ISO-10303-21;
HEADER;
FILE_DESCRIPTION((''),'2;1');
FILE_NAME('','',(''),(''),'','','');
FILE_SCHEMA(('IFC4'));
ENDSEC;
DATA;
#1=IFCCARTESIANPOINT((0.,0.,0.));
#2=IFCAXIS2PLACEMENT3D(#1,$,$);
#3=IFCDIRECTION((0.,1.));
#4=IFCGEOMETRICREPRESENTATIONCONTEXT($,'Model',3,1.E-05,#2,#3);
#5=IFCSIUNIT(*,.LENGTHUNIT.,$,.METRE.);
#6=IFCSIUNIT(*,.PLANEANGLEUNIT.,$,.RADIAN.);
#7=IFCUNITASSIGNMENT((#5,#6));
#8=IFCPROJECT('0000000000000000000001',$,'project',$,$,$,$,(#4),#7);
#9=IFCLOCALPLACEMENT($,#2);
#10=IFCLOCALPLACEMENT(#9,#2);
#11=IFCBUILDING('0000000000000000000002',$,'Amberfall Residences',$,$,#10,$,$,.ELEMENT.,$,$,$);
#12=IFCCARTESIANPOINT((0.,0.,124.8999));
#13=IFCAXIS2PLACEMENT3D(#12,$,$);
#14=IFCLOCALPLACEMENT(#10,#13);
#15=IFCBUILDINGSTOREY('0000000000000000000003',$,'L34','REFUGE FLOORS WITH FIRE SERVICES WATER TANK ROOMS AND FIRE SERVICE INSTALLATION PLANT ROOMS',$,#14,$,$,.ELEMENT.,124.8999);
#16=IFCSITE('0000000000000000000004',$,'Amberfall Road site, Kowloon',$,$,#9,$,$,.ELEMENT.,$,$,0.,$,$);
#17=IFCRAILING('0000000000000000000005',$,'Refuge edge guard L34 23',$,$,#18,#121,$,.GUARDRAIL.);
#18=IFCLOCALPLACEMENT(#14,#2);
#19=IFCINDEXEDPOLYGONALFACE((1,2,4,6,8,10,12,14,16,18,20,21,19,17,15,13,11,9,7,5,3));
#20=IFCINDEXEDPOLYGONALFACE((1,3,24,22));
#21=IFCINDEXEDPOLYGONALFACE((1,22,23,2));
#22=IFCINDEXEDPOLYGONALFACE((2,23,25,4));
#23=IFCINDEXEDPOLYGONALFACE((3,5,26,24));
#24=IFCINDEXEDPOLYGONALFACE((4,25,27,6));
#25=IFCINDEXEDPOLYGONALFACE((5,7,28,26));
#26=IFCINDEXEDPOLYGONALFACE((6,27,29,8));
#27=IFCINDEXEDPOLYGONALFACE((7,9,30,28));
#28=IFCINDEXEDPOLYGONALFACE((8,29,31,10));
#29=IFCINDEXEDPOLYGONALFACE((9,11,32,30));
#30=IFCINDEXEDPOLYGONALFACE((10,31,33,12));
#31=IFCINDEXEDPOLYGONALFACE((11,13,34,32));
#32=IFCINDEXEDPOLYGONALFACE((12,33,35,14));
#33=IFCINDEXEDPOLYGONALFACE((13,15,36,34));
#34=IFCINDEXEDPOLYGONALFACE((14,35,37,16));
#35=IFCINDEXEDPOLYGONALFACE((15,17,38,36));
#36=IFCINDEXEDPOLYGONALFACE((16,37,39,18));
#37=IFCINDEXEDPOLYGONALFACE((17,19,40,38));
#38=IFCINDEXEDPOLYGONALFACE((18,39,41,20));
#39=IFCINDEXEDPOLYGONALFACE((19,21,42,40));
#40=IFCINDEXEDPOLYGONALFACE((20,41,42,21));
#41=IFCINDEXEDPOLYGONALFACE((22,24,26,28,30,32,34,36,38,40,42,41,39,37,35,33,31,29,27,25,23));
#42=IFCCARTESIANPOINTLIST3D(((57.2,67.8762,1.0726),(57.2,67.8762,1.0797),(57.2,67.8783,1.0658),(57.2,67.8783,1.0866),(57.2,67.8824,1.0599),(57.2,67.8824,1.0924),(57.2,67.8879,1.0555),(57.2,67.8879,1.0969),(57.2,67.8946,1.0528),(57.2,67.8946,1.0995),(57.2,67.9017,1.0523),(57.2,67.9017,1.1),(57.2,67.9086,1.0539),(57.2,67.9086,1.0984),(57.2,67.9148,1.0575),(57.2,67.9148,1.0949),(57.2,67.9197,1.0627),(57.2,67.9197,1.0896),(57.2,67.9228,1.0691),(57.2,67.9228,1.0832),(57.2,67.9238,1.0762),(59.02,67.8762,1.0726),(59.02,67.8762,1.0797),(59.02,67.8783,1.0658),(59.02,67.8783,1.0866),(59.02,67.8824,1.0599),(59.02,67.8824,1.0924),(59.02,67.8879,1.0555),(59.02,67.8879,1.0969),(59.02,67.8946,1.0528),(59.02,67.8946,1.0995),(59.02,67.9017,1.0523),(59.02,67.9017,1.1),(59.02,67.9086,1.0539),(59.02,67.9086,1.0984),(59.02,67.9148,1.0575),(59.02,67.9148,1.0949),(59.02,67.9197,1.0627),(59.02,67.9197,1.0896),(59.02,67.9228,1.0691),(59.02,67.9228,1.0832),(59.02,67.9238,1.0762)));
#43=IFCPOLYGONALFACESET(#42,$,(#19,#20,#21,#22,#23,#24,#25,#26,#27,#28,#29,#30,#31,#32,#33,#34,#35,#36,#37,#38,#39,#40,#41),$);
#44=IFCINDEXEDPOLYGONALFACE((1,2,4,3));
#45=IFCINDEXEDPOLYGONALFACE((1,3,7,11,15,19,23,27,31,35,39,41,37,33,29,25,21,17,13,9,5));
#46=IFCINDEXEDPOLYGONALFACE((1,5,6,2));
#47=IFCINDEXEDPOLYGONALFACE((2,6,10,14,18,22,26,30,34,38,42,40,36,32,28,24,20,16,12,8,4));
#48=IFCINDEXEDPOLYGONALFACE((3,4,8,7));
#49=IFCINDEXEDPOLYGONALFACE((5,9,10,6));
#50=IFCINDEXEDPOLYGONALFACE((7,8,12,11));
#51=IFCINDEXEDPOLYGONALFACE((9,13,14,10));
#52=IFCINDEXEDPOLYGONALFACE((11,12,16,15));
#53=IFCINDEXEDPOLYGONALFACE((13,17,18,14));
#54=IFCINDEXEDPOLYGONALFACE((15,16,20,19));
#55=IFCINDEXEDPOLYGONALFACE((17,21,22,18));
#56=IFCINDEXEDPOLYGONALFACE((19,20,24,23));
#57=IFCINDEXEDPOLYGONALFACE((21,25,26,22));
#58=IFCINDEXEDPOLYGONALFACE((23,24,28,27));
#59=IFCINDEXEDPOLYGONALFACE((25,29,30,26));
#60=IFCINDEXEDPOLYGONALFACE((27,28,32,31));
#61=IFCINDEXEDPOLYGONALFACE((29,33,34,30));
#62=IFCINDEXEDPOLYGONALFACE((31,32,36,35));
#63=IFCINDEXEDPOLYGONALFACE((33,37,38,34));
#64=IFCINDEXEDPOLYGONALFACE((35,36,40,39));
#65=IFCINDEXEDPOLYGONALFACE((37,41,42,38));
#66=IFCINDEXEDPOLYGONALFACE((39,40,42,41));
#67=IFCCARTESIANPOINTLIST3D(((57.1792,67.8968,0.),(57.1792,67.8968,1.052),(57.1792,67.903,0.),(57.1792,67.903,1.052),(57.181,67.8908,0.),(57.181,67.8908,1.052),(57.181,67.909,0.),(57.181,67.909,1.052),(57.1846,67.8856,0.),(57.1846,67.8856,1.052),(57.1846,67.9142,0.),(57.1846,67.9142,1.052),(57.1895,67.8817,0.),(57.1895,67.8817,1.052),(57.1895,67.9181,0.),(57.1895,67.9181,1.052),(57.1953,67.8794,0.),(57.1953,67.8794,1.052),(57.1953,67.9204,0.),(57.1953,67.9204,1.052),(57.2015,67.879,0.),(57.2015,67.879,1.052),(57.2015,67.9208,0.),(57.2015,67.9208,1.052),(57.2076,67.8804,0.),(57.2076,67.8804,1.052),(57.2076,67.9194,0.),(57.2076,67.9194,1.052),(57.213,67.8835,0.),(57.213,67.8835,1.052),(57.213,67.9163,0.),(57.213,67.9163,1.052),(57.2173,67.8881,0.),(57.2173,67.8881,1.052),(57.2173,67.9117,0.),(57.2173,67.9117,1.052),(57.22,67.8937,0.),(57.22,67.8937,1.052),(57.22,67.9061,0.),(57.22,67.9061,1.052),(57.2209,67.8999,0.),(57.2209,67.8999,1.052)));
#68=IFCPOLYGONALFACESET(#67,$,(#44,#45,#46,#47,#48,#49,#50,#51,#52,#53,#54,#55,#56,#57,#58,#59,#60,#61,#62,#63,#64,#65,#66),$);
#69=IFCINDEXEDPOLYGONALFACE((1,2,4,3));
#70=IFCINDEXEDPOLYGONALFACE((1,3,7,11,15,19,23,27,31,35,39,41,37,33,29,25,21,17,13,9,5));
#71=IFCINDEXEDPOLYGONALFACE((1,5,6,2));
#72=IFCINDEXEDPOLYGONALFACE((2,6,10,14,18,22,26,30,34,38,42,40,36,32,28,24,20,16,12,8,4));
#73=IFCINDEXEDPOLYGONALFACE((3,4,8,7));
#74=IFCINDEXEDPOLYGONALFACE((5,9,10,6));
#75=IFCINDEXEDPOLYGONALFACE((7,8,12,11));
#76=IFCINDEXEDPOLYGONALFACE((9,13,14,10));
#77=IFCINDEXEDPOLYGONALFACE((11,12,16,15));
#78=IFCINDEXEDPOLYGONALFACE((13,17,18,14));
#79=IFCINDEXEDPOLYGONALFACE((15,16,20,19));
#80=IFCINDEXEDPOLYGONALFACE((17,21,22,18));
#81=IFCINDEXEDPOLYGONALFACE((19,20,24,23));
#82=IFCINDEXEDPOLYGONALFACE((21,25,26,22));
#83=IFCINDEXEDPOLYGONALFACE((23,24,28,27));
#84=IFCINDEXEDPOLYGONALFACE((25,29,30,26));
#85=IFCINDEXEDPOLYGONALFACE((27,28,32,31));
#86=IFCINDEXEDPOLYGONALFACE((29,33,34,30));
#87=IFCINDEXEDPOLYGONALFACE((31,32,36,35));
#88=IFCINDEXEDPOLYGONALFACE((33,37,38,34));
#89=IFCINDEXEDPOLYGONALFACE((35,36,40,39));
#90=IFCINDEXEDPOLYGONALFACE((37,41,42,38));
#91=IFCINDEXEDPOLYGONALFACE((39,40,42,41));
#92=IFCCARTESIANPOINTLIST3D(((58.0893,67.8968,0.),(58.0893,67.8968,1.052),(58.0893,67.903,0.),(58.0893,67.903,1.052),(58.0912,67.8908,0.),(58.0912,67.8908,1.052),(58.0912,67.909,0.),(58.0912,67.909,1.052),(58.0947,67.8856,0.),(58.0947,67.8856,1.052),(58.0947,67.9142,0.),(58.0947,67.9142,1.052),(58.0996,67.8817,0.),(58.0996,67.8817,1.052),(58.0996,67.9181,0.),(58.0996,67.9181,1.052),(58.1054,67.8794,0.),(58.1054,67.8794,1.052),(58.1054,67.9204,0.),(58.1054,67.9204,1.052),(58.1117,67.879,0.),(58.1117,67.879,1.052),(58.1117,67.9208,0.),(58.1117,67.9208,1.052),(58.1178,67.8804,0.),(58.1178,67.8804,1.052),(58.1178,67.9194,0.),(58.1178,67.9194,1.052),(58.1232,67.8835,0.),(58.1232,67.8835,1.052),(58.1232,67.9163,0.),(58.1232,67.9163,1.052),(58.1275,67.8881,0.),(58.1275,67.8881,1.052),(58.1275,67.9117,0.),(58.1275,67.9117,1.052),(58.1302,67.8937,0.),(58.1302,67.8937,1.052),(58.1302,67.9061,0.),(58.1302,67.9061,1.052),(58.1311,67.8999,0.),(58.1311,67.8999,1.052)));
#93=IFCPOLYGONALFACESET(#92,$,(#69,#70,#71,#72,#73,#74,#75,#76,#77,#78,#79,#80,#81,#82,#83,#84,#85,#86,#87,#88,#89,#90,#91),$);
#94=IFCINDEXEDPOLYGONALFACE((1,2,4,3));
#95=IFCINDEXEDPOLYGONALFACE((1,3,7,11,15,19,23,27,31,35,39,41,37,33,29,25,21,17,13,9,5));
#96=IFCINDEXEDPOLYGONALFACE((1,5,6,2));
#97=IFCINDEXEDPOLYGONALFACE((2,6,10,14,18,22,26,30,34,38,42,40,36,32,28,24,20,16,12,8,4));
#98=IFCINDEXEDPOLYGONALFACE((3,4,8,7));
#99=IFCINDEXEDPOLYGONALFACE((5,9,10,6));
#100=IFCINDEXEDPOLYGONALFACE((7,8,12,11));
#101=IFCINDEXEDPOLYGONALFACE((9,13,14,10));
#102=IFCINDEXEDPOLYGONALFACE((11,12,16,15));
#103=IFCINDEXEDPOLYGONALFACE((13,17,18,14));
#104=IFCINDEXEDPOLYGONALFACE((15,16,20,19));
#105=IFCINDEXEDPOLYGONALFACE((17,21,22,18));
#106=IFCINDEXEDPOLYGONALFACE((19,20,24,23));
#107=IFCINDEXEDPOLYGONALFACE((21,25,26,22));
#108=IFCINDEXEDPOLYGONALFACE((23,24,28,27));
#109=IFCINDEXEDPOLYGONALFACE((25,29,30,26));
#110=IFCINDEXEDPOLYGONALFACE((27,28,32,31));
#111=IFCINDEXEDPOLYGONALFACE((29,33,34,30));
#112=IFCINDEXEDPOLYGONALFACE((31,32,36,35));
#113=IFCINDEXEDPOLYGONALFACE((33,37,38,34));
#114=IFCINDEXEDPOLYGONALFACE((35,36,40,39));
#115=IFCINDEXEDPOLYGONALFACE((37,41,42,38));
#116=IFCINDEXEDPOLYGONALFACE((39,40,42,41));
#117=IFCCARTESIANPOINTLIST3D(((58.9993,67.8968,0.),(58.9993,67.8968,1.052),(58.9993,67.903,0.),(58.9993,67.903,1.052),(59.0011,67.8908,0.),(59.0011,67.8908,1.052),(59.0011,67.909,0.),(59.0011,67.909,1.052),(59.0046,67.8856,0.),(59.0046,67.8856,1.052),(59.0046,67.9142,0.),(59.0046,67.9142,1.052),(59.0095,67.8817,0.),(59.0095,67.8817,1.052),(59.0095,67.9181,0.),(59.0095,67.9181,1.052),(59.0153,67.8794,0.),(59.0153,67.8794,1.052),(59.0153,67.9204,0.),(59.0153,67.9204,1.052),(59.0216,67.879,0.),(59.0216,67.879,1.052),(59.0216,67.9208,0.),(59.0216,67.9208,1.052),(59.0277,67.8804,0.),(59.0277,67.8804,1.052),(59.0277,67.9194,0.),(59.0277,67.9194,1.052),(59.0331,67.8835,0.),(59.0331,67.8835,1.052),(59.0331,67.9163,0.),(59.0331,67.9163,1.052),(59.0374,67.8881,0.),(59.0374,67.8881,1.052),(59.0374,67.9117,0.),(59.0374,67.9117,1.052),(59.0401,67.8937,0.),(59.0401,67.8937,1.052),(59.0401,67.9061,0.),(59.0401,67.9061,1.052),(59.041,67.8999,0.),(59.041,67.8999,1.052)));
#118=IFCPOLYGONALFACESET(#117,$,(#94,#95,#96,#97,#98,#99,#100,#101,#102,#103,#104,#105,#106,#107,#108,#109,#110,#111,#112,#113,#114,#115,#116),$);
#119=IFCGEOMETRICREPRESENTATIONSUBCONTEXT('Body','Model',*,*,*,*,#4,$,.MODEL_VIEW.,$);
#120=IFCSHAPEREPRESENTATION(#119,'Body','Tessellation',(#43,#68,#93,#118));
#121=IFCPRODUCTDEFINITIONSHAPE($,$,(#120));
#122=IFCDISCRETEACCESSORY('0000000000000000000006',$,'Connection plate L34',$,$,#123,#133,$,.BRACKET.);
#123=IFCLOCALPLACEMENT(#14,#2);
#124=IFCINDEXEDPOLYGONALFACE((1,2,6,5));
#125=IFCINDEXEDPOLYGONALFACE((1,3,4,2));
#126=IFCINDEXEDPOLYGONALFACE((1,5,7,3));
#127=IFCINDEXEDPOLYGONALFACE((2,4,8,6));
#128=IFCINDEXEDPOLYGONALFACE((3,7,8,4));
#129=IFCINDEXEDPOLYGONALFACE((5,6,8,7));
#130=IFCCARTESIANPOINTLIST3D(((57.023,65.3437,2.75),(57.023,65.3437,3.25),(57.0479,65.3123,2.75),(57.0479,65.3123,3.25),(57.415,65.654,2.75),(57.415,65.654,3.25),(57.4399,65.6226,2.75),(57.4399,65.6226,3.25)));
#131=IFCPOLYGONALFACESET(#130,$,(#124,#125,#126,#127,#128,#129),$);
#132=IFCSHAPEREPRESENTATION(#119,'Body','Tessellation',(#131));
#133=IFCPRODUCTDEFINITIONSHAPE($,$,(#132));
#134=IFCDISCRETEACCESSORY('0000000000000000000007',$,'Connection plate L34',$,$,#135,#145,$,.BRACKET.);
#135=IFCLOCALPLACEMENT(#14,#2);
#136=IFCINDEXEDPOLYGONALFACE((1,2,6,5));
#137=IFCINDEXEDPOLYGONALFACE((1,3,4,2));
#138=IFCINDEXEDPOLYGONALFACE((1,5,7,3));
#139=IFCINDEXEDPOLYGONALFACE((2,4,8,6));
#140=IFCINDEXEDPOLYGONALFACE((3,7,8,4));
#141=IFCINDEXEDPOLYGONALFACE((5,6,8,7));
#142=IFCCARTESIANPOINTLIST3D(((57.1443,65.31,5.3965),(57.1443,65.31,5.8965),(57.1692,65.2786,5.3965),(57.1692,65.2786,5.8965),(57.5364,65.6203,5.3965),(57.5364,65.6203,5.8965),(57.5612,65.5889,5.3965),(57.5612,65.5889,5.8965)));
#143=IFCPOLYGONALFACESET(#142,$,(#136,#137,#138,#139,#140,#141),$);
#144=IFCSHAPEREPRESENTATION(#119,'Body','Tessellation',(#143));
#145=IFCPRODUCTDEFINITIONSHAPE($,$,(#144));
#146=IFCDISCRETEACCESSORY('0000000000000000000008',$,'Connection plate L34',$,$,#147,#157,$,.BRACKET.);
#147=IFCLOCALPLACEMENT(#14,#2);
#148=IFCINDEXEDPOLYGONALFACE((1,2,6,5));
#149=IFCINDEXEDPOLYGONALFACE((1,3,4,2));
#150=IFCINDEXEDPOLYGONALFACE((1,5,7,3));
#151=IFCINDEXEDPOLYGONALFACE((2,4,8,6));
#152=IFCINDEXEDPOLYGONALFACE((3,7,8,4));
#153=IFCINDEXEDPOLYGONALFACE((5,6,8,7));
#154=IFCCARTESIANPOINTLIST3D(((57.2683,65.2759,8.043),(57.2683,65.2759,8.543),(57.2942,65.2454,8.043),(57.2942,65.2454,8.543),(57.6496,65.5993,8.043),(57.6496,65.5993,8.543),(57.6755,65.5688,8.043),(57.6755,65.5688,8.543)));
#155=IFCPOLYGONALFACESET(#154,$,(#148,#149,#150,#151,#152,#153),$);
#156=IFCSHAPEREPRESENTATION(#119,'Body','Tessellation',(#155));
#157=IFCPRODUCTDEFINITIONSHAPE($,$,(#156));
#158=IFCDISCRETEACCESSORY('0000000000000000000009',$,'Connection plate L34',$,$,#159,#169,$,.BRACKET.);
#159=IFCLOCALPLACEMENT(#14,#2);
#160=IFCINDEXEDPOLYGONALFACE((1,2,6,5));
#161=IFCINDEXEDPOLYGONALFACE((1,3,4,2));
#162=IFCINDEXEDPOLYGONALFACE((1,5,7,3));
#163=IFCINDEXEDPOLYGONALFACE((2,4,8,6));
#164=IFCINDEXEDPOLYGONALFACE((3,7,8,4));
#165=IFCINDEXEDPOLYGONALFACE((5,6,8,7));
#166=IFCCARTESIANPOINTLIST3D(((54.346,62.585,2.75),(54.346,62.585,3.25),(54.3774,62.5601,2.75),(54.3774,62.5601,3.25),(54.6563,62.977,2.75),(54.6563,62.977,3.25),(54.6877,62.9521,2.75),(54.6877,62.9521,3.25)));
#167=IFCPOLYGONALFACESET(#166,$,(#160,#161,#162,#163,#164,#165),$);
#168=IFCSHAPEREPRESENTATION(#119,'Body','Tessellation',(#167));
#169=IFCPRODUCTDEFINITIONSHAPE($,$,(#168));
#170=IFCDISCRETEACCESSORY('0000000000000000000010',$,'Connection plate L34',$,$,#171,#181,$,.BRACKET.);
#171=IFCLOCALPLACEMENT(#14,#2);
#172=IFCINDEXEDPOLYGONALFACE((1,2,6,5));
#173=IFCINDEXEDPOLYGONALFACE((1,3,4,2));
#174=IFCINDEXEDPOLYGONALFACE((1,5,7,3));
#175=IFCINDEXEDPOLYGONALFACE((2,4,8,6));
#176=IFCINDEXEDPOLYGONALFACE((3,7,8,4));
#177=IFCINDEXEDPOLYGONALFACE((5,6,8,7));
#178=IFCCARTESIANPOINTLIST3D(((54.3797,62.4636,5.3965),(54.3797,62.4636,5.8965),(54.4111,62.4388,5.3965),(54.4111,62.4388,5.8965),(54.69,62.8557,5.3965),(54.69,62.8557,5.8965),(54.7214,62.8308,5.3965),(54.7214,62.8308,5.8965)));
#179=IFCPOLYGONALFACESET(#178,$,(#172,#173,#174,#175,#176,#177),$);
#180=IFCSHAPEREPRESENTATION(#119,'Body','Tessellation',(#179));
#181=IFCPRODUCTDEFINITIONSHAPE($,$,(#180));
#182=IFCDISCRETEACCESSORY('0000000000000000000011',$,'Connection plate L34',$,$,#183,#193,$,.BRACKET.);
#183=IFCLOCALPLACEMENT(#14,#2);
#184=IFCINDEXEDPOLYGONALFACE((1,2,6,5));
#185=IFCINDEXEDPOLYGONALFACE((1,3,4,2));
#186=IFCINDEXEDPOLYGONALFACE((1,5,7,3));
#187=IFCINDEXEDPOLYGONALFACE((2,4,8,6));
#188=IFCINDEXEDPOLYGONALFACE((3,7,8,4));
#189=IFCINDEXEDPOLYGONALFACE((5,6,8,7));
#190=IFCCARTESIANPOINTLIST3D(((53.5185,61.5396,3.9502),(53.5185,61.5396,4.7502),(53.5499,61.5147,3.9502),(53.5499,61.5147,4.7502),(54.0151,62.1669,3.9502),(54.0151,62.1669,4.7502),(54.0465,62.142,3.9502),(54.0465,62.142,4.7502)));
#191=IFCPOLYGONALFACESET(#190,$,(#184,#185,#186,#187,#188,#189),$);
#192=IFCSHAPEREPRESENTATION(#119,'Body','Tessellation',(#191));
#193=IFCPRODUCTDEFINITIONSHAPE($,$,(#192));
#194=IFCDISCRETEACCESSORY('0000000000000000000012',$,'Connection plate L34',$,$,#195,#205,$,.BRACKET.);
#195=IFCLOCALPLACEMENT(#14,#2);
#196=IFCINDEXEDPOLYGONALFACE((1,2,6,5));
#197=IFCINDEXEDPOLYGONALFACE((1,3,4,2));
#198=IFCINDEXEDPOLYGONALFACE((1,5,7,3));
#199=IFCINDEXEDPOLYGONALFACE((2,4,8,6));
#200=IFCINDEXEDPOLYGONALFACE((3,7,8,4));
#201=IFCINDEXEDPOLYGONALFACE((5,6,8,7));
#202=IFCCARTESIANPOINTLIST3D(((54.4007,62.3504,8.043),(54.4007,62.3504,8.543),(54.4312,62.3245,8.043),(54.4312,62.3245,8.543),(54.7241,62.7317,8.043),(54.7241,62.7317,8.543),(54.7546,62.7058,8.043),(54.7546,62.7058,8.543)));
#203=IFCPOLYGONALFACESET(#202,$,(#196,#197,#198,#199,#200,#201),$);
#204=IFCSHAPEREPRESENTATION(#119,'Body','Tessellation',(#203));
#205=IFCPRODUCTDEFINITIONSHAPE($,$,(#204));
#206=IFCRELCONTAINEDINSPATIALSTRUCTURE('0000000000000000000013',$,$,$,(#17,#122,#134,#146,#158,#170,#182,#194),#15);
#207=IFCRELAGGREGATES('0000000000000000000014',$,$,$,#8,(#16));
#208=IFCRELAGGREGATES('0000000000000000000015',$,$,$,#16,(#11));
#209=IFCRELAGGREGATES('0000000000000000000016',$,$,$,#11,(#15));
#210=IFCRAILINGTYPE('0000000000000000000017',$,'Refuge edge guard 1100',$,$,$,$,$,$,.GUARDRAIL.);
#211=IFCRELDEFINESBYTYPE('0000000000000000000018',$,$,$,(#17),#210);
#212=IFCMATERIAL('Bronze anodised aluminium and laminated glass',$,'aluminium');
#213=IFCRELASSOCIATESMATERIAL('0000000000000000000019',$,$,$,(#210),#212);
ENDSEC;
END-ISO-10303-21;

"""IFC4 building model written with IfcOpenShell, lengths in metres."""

from ifc_helpers import new_model, si_unit, direction, frame, origin, origin_2d, place, context, subcontext, project, spatial, rectangle, circle, extrude, material, type_object, element, save


model = new_model("IFC4")

# Units and contexts
model_context = context("Model", 3, precision=1e-05, world=origin(), true_north=direction((0.0, 1.0)))
body_context = subcontext(model_context, "Body", "Model", "MODEL_VIEW")
ifc_project = project(units=[si_unit("LENGTHUNIT", "METRE"), si_unit("PLANEANGLEUNIT", "RADIAN")], contexts=[model_context])

# Site, building, storey
site_placement = place(None, origin())
site = spatial("IfcSite", under=ifc_project, at=site_placement, Name="Amberfall Road site, Kowloon", CompositionType="ELEMENT", RefElevation=0.0)
building_placement = place(site_placement, origin())
building = spatial("IfcBuilding", under=site, at=building_placement, Name="Amberfall Residences", CompositionType="ELEMENT")
storey_placement = place(building_placement, frame((0.0, 0.0, 124.8999)))
storey = spatial("IfcBuildingStorey", under=building, at=storey_placement, Name="L34", Description="REFUGE FLOORS WITH FIRE SERVICES WATER TANK ROOMS AND FIRE SERVICE INSTALLATION PLANT ROOMS", CompositionType="ELEMENT", Elevation=124.8999)

# Railing
ifc_material_1 = material(Name="Bronze anodised aluminium and laminated glass", Category="aluminium")
railing_type = type_object("IfcRailingType", Name="Refuge edge guard 1100", PredefinedType="GUARDRAIL", material=ifc_material_1)
railing_1_placement = place(storey_placement, frame((57.2, 67.8999, 0.0)))
element("IfcRailing", 1, at=railing_1_placement, inside=storey, type_object=railing_type, Name="Refuge edge guard L34 23", PredefinedType="GUARDRAIL", context=body_context, shape_type="SweptSolid", body=[
    extrude(circle(Radius=0.0239, at=origin_2d()), frame((0.0, 0.0, 1.0762), z_axis=(1.0, 0.0, 0.0), x_axis=(0.0, 1.0, 0.0)), (0.0, 0.0, 1.0), 1.8201),
    extrude(circle(Radius=0.021, at=origin_2d()), origin(), (0.0, 0.0, 1.0), 1.052),
    extrude(circle(Radius=0.021, at=origin_2d()), frame((0.9102, 0.0, 0.0)), (0.0, 0.0, 1.0), 1.052),
    extrude(circle(Radius=0.021, at=origin_2d()), frame((1.8201, 0.0, 0.0)), (0.0, 0.0, 1.0), 1.052),
])

# Discrete accessories
for number, where, z_axis, x_axis, name in (
    (2, (57.2314, 65.4832, 2.75), (0.0, 0.0, 1.0), (0.784073, 0.620669, 0.0), "Connection plate L34"),
    (3, (57.3528, 65.4495, 5.3965), (0.0, 0.0, 1.0), (0.784073, 0.620669, 0.0), "Connection plate L34"),
    (4, (57.4719, 65.4224, 8.043), (0.0, 0.0, 1.0), (0.76268, 0.646776, 0.0), "Connection plate L34"),
    (5, (54.5168, 62.7686, 2.75), (0.0, 0.0, 1.0), (-0.620669, -0.784073, 0.0), "Connection plate L34"),
    (6, (54.5505, 62.6472, 5.3965), (0.0, 0.0, 1.0), (-0.620669, -0.784073, 0.0), "Connection plate L34"),
):
    element("IfcDiscreteAccessory", number, at=place(storey_placement, frame(where, z_axis=z_axis, x_axis=x_axis)), inside=storey, Name=name, PredefinedType="BRACKET", context=body_context, shape_type="SweptSolid", body=[
        extrude(rectangle(XDim=0.5, YDim=0.04, at=origin_2d()), origin(), (0.0, 0.0, 1.0), 0.5),
    ])
discrete_accessory_1_placement = place(storey_placement, frame((53.7825, 61.8408, 3.9502), z_axis=(0.0, 0.0, 1.0), x_axis=(-0.620669, -0.784073, 0.0)))
element("IfcDiscreteAccessory", 7, at=discrete_accessory_1_placement, inside=storey, Name="Connection plate L34", PredefinedType="BRACKET", context=body_context, shape_type="SweptSolid", body=[
    extrude(rectangle(XDim=0.8, YDim=0.04, at=origin_2d()), origin(), (0.0, 0.0, 1.0), 0.8),
])
discrete_accessory_2_placement = place(storey_placement, frame((54.5776, 62.5281, 8.043), z_axis=(0.0, 0.0, 1.0), x_axis=(-0.646776, -0.76268, 0.0)))
element("IfcDiscreteAccessory", 8, at=discrete_accessory_2_placement, inside=storey, Name="Connection plate L34", PredefinedType="BRACKET", context=body_context, shape_type="SweptSolid", body=[
    extrude(rectangle(XDim=0.5, YDim=0.04, at=origin_2d()), origin(), (0.0, 0.0, 1.0), 0.5),
])

save(model, "model.ifc")
